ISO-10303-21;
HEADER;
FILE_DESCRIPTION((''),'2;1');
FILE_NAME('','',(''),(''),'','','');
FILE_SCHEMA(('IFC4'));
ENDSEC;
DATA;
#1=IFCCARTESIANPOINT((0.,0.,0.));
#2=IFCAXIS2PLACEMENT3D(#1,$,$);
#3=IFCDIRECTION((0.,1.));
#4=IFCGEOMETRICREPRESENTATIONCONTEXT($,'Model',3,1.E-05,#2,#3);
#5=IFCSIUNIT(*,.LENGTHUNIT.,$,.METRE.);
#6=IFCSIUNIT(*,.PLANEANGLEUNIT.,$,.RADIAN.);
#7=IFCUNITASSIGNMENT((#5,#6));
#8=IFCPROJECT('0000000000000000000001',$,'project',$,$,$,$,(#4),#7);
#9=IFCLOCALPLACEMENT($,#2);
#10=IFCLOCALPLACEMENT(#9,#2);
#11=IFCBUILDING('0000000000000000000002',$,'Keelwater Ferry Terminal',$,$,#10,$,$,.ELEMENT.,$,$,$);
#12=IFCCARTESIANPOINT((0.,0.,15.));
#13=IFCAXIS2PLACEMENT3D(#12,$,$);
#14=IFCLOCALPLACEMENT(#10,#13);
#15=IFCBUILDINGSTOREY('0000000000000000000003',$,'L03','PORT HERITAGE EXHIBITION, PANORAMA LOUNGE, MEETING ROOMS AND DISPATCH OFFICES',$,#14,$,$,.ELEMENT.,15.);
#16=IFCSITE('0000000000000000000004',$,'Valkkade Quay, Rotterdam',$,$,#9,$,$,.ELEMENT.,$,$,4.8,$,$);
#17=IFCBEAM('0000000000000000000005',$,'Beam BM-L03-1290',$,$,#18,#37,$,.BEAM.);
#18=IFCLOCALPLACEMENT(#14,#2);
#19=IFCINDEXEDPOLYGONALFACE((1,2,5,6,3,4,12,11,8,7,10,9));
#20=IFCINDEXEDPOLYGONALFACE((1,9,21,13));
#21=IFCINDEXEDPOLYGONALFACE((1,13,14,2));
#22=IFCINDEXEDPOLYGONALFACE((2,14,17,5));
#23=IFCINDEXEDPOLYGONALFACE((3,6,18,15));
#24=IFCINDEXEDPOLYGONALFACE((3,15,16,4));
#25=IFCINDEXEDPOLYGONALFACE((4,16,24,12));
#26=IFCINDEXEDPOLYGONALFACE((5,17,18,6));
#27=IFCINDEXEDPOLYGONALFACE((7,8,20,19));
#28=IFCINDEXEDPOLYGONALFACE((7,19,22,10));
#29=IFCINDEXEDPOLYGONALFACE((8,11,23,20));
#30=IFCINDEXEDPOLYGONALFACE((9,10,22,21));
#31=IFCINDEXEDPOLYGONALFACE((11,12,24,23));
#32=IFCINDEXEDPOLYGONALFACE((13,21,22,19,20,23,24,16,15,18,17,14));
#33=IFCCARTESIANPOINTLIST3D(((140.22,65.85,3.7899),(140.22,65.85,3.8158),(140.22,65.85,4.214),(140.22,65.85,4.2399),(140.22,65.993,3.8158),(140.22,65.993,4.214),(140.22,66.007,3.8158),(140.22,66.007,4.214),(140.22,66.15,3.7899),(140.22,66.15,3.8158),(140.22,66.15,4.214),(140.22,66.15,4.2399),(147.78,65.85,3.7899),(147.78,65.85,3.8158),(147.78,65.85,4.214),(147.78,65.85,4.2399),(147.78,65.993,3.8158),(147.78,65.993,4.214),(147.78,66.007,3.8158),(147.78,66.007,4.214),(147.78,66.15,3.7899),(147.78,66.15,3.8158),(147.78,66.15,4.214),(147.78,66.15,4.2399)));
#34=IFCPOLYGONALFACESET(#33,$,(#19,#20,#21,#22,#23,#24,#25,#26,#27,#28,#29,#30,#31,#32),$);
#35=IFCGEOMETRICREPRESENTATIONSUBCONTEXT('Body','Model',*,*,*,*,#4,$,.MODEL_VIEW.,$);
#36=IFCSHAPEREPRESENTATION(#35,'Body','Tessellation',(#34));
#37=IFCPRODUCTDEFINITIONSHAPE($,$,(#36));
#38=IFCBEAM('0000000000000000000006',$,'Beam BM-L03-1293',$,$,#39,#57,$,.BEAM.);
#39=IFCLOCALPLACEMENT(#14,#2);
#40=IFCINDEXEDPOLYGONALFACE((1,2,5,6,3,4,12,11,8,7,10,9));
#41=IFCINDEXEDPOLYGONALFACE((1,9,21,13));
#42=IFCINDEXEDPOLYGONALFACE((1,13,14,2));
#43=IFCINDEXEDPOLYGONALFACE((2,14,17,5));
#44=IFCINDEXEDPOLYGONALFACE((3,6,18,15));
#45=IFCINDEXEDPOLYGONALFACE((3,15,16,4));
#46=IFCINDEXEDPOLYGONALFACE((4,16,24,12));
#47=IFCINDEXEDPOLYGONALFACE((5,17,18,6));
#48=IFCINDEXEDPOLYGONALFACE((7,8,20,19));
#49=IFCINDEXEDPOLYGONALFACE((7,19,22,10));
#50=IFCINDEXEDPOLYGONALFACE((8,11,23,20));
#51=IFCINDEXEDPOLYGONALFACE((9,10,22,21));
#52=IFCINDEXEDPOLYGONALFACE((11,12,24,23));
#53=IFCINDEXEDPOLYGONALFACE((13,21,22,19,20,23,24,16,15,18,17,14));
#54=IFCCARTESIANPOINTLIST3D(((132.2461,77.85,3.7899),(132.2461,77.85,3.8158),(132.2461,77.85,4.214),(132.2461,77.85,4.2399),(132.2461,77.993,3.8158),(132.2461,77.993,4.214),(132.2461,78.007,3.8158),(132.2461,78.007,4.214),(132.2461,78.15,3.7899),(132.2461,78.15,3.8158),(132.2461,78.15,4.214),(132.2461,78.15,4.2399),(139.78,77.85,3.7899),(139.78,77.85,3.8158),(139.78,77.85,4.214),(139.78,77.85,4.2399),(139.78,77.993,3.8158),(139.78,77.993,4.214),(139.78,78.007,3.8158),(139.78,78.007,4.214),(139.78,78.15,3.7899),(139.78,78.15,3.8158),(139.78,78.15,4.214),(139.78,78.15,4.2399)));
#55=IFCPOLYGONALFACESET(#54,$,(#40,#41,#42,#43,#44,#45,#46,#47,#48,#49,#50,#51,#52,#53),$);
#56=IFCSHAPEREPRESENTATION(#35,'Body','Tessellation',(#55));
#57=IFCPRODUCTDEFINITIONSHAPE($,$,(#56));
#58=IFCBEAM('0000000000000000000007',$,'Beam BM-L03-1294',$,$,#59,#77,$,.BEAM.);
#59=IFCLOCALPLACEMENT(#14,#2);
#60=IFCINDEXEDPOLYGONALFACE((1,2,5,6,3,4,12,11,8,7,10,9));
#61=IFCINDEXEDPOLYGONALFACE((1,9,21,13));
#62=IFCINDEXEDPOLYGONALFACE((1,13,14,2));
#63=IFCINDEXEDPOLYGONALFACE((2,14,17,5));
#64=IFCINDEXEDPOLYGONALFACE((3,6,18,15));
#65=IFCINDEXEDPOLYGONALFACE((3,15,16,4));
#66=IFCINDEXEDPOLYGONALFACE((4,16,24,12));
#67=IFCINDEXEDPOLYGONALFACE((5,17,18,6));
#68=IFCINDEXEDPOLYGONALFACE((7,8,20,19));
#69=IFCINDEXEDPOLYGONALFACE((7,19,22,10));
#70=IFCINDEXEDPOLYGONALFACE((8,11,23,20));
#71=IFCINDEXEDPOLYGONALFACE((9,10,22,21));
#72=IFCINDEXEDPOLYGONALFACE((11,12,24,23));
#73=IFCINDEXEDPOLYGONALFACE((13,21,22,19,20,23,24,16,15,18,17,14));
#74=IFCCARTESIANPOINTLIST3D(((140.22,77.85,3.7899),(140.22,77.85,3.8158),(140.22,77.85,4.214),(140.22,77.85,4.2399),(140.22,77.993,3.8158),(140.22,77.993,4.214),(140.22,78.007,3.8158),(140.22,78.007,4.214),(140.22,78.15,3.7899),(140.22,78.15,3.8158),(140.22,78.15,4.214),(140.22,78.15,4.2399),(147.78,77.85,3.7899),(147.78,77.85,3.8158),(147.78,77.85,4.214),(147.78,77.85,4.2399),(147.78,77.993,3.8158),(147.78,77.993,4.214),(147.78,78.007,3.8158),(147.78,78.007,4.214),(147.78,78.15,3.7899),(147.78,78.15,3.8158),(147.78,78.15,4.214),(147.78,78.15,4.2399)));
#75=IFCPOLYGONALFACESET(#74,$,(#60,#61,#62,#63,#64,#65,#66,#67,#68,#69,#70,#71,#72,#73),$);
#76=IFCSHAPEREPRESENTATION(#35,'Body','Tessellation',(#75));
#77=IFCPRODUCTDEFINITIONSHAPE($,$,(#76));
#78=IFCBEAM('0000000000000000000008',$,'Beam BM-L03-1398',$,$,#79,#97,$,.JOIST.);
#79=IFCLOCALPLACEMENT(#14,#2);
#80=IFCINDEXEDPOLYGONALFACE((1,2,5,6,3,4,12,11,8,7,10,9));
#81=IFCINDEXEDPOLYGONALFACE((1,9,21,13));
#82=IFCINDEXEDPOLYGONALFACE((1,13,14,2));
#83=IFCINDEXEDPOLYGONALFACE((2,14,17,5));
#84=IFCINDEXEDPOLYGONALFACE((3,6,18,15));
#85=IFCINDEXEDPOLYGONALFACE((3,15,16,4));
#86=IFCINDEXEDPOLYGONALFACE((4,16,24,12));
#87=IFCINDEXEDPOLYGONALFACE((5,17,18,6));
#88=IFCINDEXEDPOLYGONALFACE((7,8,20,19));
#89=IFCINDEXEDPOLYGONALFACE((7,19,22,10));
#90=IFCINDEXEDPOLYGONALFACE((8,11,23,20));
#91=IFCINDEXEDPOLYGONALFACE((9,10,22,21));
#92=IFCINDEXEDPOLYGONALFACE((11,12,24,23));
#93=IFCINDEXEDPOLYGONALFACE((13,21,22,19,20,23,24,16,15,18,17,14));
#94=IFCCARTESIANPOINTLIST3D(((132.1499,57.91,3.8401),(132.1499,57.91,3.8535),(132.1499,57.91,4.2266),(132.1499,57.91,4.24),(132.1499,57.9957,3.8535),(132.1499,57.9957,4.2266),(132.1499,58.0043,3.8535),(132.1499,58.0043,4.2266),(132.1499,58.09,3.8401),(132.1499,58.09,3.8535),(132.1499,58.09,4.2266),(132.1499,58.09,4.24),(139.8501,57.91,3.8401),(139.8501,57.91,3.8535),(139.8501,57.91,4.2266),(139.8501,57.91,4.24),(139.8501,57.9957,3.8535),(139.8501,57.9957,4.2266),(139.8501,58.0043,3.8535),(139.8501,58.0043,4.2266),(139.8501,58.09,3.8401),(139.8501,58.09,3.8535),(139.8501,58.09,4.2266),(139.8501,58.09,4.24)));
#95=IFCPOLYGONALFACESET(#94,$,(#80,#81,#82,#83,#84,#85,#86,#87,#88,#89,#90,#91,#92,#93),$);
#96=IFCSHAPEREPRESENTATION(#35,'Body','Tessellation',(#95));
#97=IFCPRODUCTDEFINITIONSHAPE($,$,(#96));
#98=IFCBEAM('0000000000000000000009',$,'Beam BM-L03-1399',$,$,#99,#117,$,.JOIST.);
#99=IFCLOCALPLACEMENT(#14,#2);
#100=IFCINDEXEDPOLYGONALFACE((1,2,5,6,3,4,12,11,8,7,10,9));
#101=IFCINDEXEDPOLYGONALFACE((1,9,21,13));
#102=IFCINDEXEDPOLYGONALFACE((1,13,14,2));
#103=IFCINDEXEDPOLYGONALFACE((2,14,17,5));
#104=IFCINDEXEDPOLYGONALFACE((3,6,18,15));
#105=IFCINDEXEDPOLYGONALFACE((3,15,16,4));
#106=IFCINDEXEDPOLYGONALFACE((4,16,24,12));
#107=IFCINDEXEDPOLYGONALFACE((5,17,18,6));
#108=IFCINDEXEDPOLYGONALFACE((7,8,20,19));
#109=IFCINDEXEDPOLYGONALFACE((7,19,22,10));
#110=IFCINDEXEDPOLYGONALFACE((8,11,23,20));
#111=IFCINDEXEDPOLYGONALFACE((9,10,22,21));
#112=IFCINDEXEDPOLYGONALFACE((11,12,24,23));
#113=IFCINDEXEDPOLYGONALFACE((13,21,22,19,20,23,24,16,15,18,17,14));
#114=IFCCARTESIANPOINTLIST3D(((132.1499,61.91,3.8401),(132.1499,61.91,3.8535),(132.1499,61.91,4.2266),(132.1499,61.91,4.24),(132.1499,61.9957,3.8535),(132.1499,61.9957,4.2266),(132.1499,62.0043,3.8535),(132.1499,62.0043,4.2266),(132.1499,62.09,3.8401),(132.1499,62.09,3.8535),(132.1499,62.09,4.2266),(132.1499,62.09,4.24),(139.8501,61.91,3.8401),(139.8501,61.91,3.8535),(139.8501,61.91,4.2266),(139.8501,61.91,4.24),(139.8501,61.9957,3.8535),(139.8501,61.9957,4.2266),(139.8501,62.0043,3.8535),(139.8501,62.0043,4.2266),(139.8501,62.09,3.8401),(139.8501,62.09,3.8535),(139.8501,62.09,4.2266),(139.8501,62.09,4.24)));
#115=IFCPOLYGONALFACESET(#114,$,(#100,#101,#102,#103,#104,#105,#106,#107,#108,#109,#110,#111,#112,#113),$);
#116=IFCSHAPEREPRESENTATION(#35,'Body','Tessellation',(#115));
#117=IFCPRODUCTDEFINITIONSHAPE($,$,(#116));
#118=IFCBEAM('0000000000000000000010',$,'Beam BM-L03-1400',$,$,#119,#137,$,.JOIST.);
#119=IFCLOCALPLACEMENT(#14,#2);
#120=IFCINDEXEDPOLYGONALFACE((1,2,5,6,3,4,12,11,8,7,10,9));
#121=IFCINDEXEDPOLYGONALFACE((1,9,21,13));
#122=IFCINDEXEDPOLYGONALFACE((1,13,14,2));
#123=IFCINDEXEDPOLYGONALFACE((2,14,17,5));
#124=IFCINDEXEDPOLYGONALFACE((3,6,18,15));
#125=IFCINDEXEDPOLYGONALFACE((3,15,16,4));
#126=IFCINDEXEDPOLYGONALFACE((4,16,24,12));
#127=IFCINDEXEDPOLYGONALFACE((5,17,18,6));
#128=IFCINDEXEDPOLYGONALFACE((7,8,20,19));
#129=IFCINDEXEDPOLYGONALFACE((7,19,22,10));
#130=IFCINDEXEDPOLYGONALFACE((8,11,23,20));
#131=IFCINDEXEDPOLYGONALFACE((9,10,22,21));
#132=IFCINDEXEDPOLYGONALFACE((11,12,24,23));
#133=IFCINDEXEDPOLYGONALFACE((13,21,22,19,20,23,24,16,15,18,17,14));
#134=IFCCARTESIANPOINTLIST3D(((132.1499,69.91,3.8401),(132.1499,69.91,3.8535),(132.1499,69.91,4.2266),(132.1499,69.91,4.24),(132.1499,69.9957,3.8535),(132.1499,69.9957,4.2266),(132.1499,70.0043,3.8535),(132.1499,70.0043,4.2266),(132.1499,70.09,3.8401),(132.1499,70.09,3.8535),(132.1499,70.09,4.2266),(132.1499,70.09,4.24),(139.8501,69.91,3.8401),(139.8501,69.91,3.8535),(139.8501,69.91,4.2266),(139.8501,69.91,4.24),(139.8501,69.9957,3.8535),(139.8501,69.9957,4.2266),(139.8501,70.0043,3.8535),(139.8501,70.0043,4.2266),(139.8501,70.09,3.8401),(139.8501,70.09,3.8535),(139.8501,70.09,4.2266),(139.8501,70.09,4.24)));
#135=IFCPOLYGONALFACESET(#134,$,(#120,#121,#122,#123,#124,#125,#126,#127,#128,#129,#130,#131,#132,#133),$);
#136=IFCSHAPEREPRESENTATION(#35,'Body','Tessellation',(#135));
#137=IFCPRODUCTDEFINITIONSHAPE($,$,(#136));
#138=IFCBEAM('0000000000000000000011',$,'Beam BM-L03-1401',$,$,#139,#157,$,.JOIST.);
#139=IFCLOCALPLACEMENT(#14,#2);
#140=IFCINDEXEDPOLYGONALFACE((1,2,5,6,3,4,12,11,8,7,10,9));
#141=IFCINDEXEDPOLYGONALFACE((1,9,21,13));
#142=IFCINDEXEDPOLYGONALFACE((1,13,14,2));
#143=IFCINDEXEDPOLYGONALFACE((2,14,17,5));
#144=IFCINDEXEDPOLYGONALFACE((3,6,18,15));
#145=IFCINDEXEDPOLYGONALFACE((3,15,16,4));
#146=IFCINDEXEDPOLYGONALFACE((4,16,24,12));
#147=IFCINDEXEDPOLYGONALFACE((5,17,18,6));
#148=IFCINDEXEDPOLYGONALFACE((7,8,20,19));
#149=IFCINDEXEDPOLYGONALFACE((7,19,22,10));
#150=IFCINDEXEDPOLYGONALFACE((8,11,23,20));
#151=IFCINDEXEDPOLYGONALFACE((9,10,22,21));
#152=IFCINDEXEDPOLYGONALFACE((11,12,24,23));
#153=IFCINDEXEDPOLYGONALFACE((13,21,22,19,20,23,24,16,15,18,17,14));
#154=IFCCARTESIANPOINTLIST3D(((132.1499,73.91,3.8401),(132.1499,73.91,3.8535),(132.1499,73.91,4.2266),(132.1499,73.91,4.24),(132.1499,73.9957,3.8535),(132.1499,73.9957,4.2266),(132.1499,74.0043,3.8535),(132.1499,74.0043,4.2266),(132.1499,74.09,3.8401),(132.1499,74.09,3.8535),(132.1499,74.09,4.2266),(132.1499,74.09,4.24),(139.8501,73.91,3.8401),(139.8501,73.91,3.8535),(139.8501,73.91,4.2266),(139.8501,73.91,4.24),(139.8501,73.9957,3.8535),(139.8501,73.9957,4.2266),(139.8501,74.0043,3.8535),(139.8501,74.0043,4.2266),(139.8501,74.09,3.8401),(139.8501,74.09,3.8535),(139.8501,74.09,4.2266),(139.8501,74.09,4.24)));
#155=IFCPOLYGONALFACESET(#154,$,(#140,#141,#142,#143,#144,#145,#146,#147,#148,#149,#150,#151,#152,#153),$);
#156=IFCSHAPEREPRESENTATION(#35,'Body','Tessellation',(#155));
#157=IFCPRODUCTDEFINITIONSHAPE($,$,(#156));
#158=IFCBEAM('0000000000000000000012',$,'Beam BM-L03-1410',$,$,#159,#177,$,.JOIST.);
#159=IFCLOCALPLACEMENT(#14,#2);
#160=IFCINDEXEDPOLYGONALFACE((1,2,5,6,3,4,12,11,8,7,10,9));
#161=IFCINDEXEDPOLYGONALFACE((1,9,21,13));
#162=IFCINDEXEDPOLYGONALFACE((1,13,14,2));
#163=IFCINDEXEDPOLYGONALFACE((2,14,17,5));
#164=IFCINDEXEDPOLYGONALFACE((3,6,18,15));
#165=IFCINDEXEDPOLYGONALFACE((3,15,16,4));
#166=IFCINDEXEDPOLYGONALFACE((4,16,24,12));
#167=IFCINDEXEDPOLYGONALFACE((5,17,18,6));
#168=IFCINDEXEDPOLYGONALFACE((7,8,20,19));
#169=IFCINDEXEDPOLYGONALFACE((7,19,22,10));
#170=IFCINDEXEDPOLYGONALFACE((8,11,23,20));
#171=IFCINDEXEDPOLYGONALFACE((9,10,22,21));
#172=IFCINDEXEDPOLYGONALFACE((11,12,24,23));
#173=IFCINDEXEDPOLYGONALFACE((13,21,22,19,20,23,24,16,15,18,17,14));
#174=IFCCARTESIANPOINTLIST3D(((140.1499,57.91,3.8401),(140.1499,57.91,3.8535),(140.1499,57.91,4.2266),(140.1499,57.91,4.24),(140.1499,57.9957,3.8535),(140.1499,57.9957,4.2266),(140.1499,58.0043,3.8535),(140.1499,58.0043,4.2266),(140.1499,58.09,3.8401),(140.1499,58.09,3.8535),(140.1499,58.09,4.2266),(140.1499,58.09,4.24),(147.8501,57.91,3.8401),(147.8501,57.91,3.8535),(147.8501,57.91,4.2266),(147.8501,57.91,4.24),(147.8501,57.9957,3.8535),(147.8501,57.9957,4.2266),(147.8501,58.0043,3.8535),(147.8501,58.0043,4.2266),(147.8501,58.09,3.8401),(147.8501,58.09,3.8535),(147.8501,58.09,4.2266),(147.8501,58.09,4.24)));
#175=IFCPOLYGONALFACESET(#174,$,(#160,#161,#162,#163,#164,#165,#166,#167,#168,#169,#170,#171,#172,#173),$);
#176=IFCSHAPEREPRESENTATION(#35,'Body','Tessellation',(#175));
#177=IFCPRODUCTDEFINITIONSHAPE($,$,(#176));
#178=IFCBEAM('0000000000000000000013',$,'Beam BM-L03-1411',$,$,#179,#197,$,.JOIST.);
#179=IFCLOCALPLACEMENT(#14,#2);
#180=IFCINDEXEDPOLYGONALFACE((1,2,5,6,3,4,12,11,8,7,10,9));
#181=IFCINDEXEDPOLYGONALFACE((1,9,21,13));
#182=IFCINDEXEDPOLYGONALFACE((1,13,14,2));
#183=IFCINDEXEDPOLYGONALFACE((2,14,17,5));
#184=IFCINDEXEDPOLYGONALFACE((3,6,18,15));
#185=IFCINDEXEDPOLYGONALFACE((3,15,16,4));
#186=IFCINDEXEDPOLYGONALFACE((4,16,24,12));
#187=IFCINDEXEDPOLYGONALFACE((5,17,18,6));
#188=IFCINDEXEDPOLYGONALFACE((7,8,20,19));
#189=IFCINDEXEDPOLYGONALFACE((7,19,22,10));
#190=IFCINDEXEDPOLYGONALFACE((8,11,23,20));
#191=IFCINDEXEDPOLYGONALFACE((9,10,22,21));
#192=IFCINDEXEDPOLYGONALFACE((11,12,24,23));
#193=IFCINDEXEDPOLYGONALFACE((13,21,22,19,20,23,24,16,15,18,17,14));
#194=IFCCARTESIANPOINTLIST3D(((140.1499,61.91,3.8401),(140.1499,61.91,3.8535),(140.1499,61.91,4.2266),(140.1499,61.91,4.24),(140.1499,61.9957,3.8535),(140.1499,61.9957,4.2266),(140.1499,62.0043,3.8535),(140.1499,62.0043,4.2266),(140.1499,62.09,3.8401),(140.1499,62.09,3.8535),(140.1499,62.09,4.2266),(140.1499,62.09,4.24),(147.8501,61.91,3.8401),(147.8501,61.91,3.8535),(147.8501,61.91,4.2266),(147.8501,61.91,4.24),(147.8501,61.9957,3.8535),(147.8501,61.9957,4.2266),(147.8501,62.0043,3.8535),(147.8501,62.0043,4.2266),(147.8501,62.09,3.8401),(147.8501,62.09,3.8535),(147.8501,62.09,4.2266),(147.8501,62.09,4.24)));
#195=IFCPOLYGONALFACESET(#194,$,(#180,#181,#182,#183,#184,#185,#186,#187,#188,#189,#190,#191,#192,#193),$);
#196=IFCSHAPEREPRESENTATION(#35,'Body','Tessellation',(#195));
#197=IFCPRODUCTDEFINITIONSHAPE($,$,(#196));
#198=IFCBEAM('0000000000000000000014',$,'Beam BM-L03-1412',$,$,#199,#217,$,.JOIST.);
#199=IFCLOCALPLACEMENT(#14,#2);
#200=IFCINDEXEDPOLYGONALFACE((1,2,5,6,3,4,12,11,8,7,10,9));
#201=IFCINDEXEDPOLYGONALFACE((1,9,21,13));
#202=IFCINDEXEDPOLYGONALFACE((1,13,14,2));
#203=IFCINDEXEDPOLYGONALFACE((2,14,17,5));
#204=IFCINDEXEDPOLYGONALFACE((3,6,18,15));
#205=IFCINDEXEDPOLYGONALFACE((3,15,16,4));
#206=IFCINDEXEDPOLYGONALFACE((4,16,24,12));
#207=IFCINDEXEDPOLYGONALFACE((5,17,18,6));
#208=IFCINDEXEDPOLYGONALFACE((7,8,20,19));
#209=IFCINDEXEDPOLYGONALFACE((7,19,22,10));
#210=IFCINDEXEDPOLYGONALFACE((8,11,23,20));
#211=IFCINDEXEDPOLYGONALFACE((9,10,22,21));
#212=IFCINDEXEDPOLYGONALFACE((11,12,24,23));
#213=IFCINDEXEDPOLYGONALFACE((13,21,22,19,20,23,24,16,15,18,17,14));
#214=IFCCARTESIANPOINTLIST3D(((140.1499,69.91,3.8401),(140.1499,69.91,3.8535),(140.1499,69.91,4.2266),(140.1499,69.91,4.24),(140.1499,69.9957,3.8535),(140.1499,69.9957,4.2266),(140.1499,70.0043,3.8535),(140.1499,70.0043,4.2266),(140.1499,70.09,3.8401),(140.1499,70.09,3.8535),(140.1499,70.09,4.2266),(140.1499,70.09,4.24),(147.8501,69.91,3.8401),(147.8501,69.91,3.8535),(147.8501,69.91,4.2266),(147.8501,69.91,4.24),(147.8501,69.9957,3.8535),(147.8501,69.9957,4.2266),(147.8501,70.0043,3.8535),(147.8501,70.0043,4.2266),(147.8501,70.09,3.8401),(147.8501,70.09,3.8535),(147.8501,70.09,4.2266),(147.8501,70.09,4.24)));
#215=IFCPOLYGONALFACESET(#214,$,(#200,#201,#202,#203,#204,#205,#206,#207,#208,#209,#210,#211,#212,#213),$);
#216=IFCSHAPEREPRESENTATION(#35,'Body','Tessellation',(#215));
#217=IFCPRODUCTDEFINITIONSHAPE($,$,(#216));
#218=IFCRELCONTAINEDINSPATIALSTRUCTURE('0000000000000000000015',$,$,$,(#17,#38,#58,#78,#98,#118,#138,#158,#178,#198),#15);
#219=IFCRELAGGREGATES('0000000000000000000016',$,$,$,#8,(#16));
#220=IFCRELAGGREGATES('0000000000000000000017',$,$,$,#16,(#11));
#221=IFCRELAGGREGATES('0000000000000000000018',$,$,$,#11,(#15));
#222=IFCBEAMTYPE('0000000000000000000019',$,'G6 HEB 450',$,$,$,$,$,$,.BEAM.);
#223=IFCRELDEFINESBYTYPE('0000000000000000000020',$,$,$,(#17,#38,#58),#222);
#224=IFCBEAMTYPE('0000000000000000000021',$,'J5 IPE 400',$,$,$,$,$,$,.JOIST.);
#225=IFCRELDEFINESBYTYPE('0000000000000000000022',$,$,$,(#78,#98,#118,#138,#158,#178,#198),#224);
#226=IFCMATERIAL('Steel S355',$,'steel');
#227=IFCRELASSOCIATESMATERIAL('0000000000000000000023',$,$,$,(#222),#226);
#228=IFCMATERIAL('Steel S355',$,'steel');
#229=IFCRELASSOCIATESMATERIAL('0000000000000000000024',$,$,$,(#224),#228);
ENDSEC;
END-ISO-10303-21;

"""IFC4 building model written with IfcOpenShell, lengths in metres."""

from ifc_helpers import new_model, si_unit, direction, frame, origin, origin_2d, place, context, subcontext, project, spatial, i_section, extrude, material, material_profile, profile_set, type_object, element, save


model = new_model("IFC4")

# Units and contexts
model_context = context("Model", 3, precision=1e-05, world=origin(), true_north=direction((0.0, 1.0)))
body_context = subcontext(model_context, "Body", "Model", "MODEL_VIEW")
ifc_project = project(units=[si_unit("LENGTHUNIT", "METRE"), si_unit("PLANEANGLEUNIT", "RADIAN")], contexts=[model_context])

# Site, building, storey
site_placement = place(None, origin())
site = spatial("IfcSite", under=ifc_project, at=site_placement, Name="Valkkade Quay, Rotterdam", CompositionType="ELEMENT", RefElevation=4.8)
building_placement = place(site_placement, origin())
building = spatial("IfcBuilding", under=site, at=building_placement, Name="Keelwater Ferry Terminal", CompositionType="ELEMENT")
storey_placement = place(building_placement, frame((0.0, 0.0, 15.0)))
storey = spatial("IfcBuildingStorey", under=building, at=storey_placement, Name="L03", Description="PORT HERITAGE EXHIBITION, PANORAMA LOUNGE, MEETING ROOMS AND DISPATCH OFFICES", CompositionType="ELEMENT", Elevation=15.0)

# Beams
ifc_material_1 = material(Name="Steel S355", Category="steel")
ifc_material_profile_1 = material_profile(ifc_material_1, i_section(OverallWidth=0.3, OverallDepth=0.45, WebThickness=0.0139, FlangeThickness=0.0259, at=origin_2d()), Name="HEB 450")
ifc_profile_set_1 = profile_set([ifc_material_profile_1], Name="Steel S355")
beam_type_1 = type_object("IfcBeamType", Name="G6 HEB 450", PredefinedType="BEAM", material=ifc_profile_set_1)
beam_1_placement = place(storey_placement, frame((140.22, 66.0, 4.0149), z_axis=(1.0, 0.0, 0.0), x_axis=(0.0, 1.0, 0.0)))
element("IfcBeam", 1, at=beam_1_placement, inside=storey, type_object=beam_type_1, Name="Beam BM-L03-1290", PredefinedType="BEAM", context=body_context, shape_type="SweptSolid", body=[
    extrude(i_section(OverallWidth=0.3, OverallDepth=0.45, WebThickness=0.0139, FlangeThickness=0.0259, at=origin_2d()), origin(), (0.0, 0.0, 1.0), 7.5601),
])
beam_2_placement = place(storey_placement, frame((132.2461, 78.0, 4.0149), z_axis=(1.0, 0.0, 0.0), x_axis=(0.0, 1.0, 0.0)))
element("IfcBeam", 2, at=beam_2_placement, inside=storey, type_object=beam_type_1, Name="Beam BM-L03-1293", PredefinedType="BEAM", context=body_context, shape_type="SweptSolid", body=[
    extrude(i_section(OverallWidth=0.3, OverallDepth=0.45, WebThickness=0.0139, FlangeThickness=0.0259, at=origin_2d()), origin(), (0.0, 0.0, 1.0), 7.5339),
])
beam_3_placement = place(storey_placement, frame((140.22, 78.0, 4.0149), z_axis=(1.0, 0.0, 0.0), x_axis=(0.0, 1.0, 0.0)))
element("IfcBeam", 3, at=beam_3_placement, inside=storey, type_object=beam_type_1, Name="Beam BM-L03-1294", PredefinedType="BEAM", context=body_context, shape_type="SweptSolid", body=[
    extrude(i_section(OverallWidth=0.3, OverallDepth=0.45, WebThickness=0.0139, FlangeThickness=0.0259, at=origin_2d()), origin(), (0.0, 0.0, 1.0), 7.5601),
])
ifc_material_2 = material(Name="Steel S355", Category="steel")
ifc_material_profile_2 = material_profile(ifc_material_2, i_section(OverallWidth=0.1799, OverallDepth=0.3999, WebThickness=0.0085, FlangeThickness=0.0134, at=origin_2d()), Name="IPE 400")
ifc_profile_set_2 = profile_set([ifc_material_profile_2], Name="Steel S355")
beam_type_2 = type_object("IfcBeamType", Name="J5 IPE 400", PredefinedType="JOIST", material=ifc_profile_set_2)
for number, where, z_axis, x_axis, name in (
    (4, (132.1499, 58.0, 4.04), (1.0, 0.0, 0.0), (0.0, 1.0, 0.0), "Beam BM-L03-1398"),
    (5, (132.1499, 62.0, 4.04), (1.0, 0.0, 0.0), (0.0, 1.0, 0.0), "Beam BM-L03-1399"),
    (6, (132.1499, 70.0, 4.04), (1.0, 0.0, 0.0), (0.0, 1.0, 0.0), "Beam BM-L03-1400"),
    (7, (132.1499, 74.0, 4.04), (1.0, 0.0, 0.0), (0.0, 1.0, 0.0), "Beam BM-L03-1401"),
    (8, (140.1499, 58.0, 4.04), (1.0, 0.0, 0.0), (0.0, 1.0, 0.0), "Beam BM-L03-1410"),
    (9, (140.1499, 62.0, 4.04), (1.0, 0.0, 0.0), (0.0, 1.0, 0.0), "Beam BM-L03-1411"),
    (10, (140.1499, 70.0, 4.04), (1.0, 0.0, 0.0), (0.0, 1.0, 0.0), "Beam BM-L03-1412"),
):
    element("IfcBeam", number, at=place(storey_placement, frame(where, z_axis=z_axis, x_axis=x_axis)), inside=storey, type_object=beam_type_2, Name=name, PredefinedType="JOIST", context=body_context, shape_type="SweptSolid", body=[
        extrude(i_section(OverallWidth=0.1799, OverallDepth=0.3999, WebThickness=0.0085, FlangeThickness=0.0134, at=origin_2d()), origin(), (0.0, 0.0, 1.0), 7.7002),
    ])

save(model, "model.ifc")
